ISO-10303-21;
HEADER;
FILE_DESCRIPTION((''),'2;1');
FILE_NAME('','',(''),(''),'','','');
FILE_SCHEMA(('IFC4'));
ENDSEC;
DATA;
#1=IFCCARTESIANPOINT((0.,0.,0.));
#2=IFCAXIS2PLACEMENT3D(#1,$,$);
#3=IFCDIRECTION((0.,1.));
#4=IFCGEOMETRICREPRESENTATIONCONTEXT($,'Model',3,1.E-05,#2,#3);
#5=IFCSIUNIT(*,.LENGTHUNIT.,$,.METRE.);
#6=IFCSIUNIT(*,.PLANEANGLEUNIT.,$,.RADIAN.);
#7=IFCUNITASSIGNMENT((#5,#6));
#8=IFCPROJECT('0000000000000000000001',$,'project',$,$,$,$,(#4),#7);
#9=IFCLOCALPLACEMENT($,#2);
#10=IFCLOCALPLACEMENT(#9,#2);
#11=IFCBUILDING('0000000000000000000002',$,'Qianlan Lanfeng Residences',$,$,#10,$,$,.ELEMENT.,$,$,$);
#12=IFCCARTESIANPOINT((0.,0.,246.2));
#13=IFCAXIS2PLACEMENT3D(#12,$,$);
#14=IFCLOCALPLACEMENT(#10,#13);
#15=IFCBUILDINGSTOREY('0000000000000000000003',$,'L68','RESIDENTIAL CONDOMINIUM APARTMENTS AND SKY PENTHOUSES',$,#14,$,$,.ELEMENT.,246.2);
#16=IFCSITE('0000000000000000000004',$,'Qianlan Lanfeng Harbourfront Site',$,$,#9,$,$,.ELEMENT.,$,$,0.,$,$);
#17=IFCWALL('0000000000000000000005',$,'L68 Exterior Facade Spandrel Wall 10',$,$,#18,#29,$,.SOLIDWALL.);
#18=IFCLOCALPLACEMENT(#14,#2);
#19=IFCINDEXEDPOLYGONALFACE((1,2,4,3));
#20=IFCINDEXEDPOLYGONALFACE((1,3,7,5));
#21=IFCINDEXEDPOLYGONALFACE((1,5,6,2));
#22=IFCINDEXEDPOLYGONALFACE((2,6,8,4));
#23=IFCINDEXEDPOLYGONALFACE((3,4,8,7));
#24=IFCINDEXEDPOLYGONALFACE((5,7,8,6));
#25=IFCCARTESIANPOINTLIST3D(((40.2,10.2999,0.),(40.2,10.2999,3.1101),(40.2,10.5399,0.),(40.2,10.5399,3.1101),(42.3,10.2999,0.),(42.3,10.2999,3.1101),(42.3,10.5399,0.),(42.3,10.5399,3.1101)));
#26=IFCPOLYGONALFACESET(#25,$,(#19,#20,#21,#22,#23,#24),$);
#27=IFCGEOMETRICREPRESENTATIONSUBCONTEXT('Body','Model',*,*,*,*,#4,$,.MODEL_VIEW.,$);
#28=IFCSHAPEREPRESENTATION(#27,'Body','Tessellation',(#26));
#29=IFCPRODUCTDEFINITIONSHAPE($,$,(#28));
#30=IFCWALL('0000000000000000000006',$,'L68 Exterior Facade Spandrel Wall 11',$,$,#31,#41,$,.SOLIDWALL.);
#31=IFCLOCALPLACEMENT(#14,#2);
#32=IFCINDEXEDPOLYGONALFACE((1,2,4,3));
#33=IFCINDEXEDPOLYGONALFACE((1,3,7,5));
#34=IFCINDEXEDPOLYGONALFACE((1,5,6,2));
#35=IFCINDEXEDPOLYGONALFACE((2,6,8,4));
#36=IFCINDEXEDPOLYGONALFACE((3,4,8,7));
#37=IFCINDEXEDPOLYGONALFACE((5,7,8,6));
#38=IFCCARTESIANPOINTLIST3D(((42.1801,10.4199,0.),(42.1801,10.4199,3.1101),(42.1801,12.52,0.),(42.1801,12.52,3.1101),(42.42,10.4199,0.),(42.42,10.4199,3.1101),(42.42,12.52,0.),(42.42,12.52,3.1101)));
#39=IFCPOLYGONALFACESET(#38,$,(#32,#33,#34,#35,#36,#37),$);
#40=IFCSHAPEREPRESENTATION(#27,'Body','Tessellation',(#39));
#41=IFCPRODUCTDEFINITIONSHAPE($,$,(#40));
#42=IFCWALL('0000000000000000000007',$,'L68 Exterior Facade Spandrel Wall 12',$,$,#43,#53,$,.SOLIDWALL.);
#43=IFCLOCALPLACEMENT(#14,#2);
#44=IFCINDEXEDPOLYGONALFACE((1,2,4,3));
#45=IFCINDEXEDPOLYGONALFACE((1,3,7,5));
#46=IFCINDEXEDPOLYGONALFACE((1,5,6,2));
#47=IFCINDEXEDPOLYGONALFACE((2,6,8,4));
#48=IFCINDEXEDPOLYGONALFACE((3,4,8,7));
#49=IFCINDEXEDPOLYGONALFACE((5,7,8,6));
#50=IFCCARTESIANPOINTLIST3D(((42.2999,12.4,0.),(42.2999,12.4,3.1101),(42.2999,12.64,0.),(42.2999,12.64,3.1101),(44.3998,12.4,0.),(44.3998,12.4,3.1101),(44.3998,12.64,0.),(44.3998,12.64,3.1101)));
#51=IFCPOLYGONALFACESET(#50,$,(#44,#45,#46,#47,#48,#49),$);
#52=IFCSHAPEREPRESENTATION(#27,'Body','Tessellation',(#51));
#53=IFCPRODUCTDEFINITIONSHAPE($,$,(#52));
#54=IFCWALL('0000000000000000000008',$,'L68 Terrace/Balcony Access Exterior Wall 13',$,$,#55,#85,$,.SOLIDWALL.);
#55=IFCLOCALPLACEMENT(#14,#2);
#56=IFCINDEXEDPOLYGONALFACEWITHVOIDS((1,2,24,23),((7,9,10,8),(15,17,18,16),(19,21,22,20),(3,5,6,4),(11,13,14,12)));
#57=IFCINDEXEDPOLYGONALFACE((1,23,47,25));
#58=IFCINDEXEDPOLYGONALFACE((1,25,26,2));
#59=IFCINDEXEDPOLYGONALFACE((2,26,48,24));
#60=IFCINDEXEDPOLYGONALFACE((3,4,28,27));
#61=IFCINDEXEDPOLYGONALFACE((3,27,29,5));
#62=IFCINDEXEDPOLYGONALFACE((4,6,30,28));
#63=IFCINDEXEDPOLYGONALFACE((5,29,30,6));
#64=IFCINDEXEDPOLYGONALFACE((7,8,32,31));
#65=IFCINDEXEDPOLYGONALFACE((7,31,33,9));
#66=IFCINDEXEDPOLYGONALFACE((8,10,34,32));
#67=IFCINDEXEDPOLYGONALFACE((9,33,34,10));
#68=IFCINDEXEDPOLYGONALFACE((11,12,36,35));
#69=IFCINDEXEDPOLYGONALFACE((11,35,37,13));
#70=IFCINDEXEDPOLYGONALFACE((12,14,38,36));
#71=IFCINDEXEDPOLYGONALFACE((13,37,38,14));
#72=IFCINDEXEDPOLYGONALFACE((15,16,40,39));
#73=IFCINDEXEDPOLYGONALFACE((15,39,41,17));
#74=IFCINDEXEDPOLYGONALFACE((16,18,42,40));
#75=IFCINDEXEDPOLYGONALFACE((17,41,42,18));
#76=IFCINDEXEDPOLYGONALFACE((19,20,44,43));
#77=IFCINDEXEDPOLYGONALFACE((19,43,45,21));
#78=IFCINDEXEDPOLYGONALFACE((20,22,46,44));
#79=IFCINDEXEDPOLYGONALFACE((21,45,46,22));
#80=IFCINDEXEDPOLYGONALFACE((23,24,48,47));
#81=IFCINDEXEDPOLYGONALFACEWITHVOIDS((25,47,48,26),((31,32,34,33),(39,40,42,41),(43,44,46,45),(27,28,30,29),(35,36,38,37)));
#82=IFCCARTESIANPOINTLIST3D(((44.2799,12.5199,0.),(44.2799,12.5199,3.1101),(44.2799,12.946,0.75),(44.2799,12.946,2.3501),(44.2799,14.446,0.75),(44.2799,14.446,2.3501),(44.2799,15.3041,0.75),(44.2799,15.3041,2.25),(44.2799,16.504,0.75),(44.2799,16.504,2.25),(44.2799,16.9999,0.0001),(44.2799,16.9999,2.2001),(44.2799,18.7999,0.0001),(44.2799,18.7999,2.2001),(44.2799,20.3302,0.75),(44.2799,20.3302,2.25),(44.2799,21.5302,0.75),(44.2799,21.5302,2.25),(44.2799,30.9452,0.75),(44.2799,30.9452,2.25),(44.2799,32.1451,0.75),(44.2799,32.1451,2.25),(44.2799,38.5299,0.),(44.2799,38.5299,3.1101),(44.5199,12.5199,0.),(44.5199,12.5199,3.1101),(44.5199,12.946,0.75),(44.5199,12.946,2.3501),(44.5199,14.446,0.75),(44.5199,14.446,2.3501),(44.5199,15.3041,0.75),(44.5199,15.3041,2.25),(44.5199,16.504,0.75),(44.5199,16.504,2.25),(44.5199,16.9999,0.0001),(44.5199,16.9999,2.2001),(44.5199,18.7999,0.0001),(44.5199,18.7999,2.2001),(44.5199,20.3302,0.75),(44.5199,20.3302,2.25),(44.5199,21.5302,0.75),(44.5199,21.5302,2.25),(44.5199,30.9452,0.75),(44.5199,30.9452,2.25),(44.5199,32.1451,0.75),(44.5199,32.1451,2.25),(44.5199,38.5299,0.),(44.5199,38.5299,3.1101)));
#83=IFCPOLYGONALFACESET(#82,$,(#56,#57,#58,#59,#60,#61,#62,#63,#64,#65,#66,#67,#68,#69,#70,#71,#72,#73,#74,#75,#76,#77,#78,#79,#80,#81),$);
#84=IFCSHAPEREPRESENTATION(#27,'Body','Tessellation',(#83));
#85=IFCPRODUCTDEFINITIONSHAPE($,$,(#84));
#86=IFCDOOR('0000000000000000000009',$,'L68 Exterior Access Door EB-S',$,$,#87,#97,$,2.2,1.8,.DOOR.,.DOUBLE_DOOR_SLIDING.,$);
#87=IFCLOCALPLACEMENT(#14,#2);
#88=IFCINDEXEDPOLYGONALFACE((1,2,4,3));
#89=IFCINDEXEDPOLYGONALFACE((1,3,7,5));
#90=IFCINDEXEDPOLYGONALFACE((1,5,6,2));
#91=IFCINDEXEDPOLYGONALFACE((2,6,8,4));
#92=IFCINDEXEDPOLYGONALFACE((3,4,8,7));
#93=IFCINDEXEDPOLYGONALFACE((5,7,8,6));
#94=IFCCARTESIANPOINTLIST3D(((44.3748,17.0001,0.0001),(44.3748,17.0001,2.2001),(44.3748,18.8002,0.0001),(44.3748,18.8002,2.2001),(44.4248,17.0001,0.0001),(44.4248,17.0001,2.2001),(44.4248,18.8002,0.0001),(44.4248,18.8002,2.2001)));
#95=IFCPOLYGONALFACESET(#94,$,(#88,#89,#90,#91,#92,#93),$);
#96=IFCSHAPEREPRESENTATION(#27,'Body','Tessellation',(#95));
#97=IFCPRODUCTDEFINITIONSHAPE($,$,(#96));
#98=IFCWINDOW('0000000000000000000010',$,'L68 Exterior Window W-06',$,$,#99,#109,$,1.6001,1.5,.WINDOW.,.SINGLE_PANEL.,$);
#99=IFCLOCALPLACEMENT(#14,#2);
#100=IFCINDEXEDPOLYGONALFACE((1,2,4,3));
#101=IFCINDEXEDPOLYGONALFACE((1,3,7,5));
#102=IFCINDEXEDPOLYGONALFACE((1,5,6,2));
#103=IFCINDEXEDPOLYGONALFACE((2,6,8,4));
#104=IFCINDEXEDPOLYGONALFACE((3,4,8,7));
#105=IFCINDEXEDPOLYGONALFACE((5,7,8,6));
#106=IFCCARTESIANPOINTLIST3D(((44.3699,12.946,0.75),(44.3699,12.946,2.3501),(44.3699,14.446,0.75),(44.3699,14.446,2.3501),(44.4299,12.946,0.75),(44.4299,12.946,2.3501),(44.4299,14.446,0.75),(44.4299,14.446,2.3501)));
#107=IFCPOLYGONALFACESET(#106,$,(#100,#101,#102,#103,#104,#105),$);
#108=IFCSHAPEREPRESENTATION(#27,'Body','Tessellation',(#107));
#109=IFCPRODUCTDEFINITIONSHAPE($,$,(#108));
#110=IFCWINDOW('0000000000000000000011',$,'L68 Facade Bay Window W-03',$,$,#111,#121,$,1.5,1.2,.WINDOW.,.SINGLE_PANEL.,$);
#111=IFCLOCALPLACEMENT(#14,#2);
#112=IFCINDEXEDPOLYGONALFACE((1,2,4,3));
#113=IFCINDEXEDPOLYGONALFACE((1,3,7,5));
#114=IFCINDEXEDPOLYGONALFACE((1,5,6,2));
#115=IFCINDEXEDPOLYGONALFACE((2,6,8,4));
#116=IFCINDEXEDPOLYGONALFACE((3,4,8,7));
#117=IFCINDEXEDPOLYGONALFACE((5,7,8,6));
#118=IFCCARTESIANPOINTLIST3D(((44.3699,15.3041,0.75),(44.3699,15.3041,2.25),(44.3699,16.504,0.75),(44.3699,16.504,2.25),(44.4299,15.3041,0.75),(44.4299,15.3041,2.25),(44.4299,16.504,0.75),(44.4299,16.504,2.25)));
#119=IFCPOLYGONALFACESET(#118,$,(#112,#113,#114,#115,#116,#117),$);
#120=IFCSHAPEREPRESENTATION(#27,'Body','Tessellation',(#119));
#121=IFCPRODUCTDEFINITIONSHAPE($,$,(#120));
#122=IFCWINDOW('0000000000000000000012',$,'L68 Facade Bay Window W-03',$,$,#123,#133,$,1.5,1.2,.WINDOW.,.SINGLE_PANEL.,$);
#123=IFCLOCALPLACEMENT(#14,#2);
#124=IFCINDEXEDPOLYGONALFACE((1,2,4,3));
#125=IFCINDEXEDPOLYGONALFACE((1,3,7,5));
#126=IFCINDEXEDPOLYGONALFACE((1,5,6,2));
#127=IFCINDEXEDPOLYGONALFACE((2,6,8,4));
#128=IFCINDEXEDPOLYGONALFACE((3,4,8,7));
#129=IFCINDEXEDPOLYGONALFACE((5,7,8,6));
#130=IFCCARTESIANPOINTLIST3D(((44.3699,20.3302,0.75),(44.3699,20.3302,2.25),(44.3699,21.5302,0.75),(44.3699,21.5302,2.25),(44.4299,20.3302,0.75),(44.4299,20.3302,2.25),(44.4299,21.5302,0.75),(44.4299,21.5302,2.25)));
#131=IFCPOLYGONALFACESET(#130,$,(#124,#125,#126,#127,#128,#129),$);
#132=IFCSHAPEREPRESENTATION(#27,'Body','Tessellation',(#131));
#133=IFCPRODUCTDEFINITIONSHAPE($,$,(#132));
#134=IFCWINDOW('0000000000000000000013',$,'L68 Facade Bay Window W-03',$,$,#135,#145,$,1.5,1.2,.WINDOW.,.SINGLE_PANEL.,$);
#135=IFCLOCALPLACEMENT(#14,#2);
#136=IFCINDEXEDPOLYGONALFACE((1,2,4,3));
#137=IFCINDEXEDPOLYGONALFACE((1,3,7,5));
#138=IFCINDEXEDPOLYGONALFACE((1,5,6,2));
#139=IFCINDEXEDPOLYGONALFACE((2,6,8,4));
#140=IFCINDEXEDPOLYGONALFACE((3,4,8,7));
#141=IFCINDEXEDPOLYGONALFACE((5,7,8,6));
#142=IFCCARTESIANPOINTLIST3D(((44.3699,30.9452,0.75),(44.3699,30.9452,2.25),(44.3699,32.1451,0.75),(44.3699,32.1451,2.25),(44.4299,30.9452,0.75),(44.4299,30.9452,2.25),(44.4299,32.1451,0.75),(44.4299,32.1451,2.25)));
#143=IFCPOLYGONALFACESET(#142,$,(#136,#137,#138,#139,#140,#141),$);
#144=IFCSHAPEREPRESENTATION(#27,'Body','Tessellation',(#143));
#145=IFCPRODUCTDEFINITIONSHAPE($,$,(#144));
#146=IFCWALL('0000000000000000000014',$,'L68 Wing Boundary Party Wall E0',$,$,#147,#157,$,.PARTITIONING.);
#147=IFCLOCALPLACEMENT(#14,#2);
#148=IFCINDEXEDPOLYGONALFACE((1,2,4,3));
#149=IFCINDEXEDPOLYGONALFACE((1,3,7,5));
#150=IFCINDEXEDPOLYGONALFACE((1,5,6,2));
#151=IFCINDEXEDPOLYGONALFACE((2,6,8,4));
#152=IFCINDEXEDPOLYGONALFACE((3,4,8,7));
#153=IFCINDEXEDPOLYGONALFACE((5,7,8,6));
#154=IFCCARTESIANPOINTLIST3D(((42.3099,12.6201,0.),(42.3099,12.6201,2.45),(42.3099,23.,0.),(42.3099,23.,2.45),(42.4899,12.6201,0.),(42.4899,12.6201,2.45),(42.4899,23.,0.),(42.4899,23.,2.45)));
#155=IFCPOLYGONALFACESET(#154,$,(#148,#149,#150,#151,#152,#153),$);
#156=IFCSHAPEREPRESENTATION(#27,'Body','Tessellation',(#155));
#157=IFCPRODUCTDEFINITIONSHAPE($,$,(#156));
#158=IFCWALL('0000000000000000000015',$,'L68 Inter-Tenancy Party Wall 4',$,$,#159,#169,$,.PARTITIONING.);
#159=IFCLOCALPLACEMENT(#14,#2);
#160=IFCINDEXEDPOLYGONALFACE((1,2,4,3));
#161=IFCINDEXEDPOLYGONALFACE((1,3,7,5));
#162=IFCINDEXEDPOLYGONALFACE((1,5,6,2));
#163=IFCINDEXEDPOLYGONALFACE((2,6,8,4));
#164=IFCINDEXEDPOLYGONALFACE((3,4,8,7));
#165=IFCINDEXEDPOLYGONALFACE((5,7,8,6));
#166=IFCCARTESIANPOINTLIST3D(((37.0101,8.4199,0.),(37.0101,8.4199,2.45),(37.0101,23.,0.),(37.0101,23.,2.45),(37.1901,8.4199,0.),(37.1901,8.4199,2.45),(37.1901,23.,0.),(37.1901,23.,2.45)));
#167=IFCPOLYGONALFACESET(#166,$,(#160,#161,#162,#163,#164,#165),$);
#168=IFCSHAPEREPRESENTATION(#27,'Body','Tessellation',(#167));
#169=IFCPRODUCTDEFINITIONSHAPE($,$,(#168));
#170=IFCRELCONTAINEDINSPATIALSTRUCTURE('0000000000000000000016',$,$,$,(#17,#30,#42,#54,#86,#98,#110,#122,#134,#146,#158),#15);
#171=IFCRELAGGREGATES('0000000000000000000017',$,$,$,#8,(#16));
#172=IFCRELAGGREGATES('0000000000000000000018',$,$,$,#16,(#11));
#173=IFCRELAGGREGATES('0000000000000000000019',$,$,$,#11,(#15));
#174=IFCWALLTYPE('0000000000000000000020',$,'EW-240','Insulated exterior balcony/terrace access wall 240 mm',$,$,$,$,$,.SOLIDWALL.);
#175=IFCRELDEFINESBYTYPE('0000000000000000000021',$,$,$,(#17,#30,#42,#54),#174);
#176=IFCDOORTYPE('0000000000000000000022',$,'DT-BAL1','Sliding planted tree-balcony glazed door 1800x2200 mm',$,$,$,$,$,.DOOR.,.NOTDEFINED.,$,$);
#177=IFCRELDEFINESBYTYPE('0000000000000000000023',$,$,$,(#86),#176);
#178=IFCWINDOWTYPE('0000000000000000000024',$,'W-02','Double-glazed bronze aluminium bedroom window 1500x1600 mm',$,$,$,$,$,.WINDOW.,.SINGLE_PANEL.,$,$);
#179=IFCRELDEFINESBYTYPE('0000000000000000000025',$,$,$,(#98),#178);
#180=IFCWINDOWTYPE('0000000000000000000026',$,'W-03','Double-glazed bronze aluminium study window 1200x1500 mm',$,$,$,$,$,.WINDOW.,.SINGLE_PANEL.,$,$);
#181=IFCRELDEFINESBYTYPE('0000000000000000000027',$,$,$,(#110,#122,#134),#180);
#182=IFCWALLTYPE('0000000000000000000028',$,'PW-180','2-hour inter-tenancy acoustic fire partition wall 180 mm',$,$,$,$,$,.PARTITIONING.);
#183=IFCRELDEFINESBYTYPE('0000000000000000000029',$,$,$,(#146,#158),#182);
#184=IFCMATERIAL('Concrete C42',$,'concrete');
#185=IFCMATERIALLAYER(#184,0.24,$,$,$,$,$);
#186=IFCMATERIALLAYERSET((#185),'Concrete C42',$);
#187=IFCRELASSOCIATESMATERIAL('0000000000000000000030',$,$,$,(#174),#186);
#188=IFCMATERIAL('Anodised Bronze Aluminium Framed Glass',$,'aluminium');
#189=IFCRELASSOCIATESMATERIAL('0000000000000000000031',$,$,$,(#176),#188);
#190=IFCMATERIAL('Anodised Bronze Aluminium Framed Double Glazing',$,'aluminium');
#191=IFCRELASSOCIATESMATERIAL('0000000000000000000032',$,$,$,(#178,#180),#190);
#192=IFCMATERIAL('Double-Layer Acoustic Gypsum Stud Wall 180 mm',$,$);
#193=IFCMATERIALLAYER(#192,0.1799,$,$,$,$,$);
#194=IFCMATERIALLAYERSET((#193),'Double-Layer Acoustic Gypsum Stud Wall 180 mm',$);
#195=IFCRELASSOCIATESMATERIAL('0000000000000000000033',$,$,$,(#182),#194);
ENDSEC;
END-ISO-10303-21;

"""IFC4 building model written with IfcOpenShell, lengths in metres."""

from ifc_helpers import new_model, si_unit, direction, frame, frame_2d, origin, place, context, subcontext, project, spatial, rectangle, extrude, material, layer, layer_set, type_object, element, fill, save


model = new_model("IFC4")

# Units and contexts
model_context = context("Model", 3, precision=1e-05, world=origin(), true_north=direction((0.0, 1.0)))
body_context = subcontext(model_context, "Body", "Model", "MODEL_VIEW")
ifc_project = project(units=[si_unit("LENGTHUNIT", "METRE"), si_unit("PLANEANGLEUNIT", "RADIAN")], contexts=[model_context])

# Site, building, storey
site_placement = place(None, origin())
site = spatial("IfcSite", under=ifc_project, at=site_placement, Name="Qianlan Lanfeng Harbourfront Site", CompositionType="ELEMENT", RefElevation=0.0)
building_placement = place(site_placement, origin())
building = spatial("IfcBuilding", under=site, at=building_placement, Name="Qianlan Lanfeng Residences", CompositionType="ELEMENT")
storey_placement = place(building_placement, frame((0.0, 0.0, 246.2)))
storey = spatial("IfcBuildingStorey", under=building, at=storey_placement, Name="L68", Description="RESIDENTIAL CONDOMINIUM APARTMENTS AND SKY PENTHOUSES", CompositionType="ELEMENT", Elevation=246.2)

# Walls
ifc_material_1 = material(Name="Concrete C42", Category="concrete")
ifc_layer_1 = layer(ifc_material_1, 0.24)
ifc_layer_set_1 = layer_set([ifc_layer_1], Name="Concrete C42")
wall_type_1 = type_object("IfcWallType", Name="EW-240", Description="Insulated exterior balcony/terrace access wall 240 mm", PredefinedType="SOLIDWALL", material=ifc_layer_set_1)
for number, where, z_axis, x_axis, name in (
    (1, (40.2, 10.4199, 0.0), (0.0, 0.0, 1.0), (1.0, 0.0, 0.0), "L68 Exterior Facade Spandrel Wall 10"),
    (2, (42.3, 10.4199, 0.0), (0.0, 0.0, 1.0), (0.0, 1.0, 0.0), "L68 Exterior Facade Spandrel Wall 11"),
):
    element("IfcWall", number, at=place(storey_placement, frame(where, z_axis=z_axis, x_axis=x_axis)), inside=storey, type_object=wall_type_1, Name=name, PredefinedType="SOLIDWALL", context=body_context, shape_type="SweptSolid", body=[
        extrude(rectangle(XDim=2.1001, YDim=0.24, at=frame_2d((1.05, 0.0))), origin(), (0.0, 0.0, 1.0), 3.1101),
    ])
wall_1_placement = place(storey_placement, frame((42.3, 12.52, 0.0), z_axis=(0.0, 0.0, 1.0), x_axis=(1.0, 0.0, 0.0)))
element("IfcWall", 3, at=wall_1_placement, inside=storey, type_object=wall_type_1, Name="L68 Exterior Facade Spandrel Wall 12", PredefinedType="SOLIDWALL", context=body_context, shape_type="SweptSolid", body=[
    extrude(rectangle(XDim=2.0999, YDim=0.24, at=frame_2d((1.0498, 0.0))), origin(), (0.0, 0.0, 1.0), 3.1101),
])

# Wall, openings, door, windows
wall_2_placement = place(storey_placement, frame((44.3999, 12.52, 0.0), z_axis=(0.0, 0.0, 1.0), x_axis=(0.0, 1.0, 0.0)))
wall_2 = element("IfcWall", 4, at=wall_2_placement, inside=storey, type_object=wall_type_1, Name="L68 Terrace/Balcony Access Exterior Wall 13", PredefinedType="SOLIDWALL", context=body_context, shape_type="SweptSolid", body=[
    extrude(rectangle(XDim=26.01, YDim=0.24, at=frame_2d((13.0049, 0.0))), origin(), (0.0, 0.0, 1.0), 3.1101),
])
opening_1_placement = place(wall_2_placement, frame((4.48, 0.0, 0.0)))
opening_1 = element("IfcOpeningElement", 5, at=opening_1_placement, cuts=wall_2, PredefinedType="OPENING", context=body_context, shape_type="SweptSolid", body=[
    extrude(rectangle(XDim=1.8, YDim=2.2, at=frame_2d((0.8999, 1.1001))), frame((0.0, 0.1299, 0.0), z_axis=(0.0, -1.0, 0.0), x_axis=(1.0, 0.0, 0.0)), (0.0, 0.0, 1.0), 0.26),
])
opening_2_placement = place(wall_2_placement, frame((0.426, 0.0, 0.75)))
opening_2 = element("IfcOpeningElement", 6, at=opening_2_placement, cuts=wall_2, PredefinedType="OPENING", context=body_context, shape_type="SweptSolid", body=[
    extrude(rectangle(XDim=1.5, YDim=1.6001, at=frame_2d((0.75, 0.8))), frame((0.0, 0.1299, 0.0), z_axis=(0.0, -1.0, 0.0), x_axis=(1.0, 0.0, 0.0)), (0.0, 0.0, 1.0), 0.26),
])
opening_3_placement = place(wall_2_placement, frame((2.7839, 0.0, 0.75)))
opening_3 = element("IfcOpeningElement", 7, at=opening_3_placement, cuts=wall_2, PredefinedType="OPENING", context=body_context, shape_type="SweptSolid", body=[
    extrude(rectangle(XDim=1.2, YDim=1.5, at=frame_2d((0.6001, 0.75))), frame((0.0, 0.1299, 0.0), z_axis=(0.0, -1.0, 0.0), x_axis=(1.0, 0.0, 0.0)), (0.0, 0.0, 1.0), 0.26),
])
opening_4_placement = place(wall_2_placement, frame((7.8101, 0.0, 0.75)))
opening_4 = element("IfcOpeningElement", 8, at=opening_4_placement, cuts=wall_2, PredefinedType="OPENING", context=body_context, shape_type="SweptSolid", body=[
    extrude(rectangle(XDim=1.2, YDim=1.5, at=frame_2d((0.6001, 0.75))), frame((0.0, 0.1299, 0.0), z_axis=(0.0, -1.0, 0.0), x_axis=(1.0, 0.0, 0.0)), (0.0, 0.0, 1.0), 0.26),
])
opening_5_placement = place(wall_2_placement, frame((18.425, 0.0, 0.75)))
opening_5 = element("IfcOpeningElement", 9, at=opening_5_placement, cuts=wall_2, PredefinedType="OPENING", context=body_context, shape_type="SweptSolid", body=[
    extrude(rectangle(XDim=1.2, YDim=1.5, at=frame_2d((0.6001, 0.75))), frame((0.0, 0.1299, 0.0), z_axis=(0.0, -1.0, 0.0), x_axis=(1.0, 0.0, 0.0)), (0.0, 0.0, 1.0), 0.26),
])
ifc_material_2 = material(Name="Anodised Bronze Aluminium Framed Glass", Category="aluminium")
door_type = type_object("IfcDoorType", Name="DT-BAL1", Description="Sliding planted tree-balcony glazed door 1800x2200 mm", OperationType="NOTDEFINED", PredefinedType="DOOR", material=ifc_material_2)
door_placement = place(opening_1_placement, frame((1.8, 0.0, 0.0), z_axis=(0.0, 0.0, 1.0), x_axis=(-1.0, 0.0, 0.0)))
door = element("IfcDoor", 10, at=door_placement, inside=storey, type_object=door_type, Name="L68 Exterior Access Door EB-S", OperationType="DOUBLE_DOOR_SLIDING", OverallHeight=2.2, OverallWidth=1.8, PredefinedType="DOOR", context=body_context, shape_type="SweptSolid", body=[
    extrude(rectangle(XDim=1.8, YDim=2.2, at=frame_2d((0.8999, 1.1001))), frame((0.0, 0.0249, 0.0), z_axis=(0.0, -1.0, 0.0), x_axis=(1.0, 0.0, 0.0)), (0.0, 0.0, 1.0), 0.05),
])
fill(opening_1, door)
ifc_material_3 = material(Name="Anodised Bronze Aluminium Framed Double Glazing", Category="aluminium")
window_type_1 = type_object("IfcWindowType", Name="W-02", Description="Double-glazed bronze aluminium bedroom window 1500x1600 mm", PartitioningType="SINGLE_PANEL", PredefinedType="WINDOW", material=ifc_material_3)
window_1_placement = place(opening_2_placement, origin())
window_1 = element("IfcWindow", 11, at=window_1_placement, inside=storey, type_object=window_type_1, Name="L68 Exterior Window W-06", OverallHeight=1.6001, OverallWidth=1.5, PartitioningType="SINGLE_PANEL", PredefinedType="WINDOW", context=body_context, shape_type="SweptSolid", body=[
    extrude(rectangle(XDim=1.5, YDim=1.6001, at=frame_2d((0.75, 0.8))), frame((0.0, 0.03, 0.0), z_axis=(0.0, -1.0, 0.0), x_axis=(1.0, 0.0, 0.0)), (0.0, 0.0, 1.0), 0.0601),
])
fill(opening_2, window_1)
window_type_2 = type_object("IfcWindowType", Name="W-03", Description="Double-glazed bronze aluminium study window 1200x1500 mm", PartitioningType="SINGLE_PANEL", PredefinedType="WINDOW", material=ifc_material_3)
window_2_placement = place(opening_3_placement, origin())
window_2 = element("IfcWindow", 12, at=window_2_placement, inside=storey, type_object=window_type_2, Name="L68 Facade Bay Window W-03", OverallHeight=1.5, OverallWidth=1.2, PartitioningType="SINGLE_PANEL", PredefinedType="WINDOW", context=body_context, shape_type="SweptSolid", body=[
    extrude(rectangle(XDim=1.2, YDim=1.5, at=frame_2d((0.6001, 0.75))), frame((0.0, 0.03, 0.0), z_axis=(0.0, -1.0, 0.0), x_axis=(1.0, 0.0, 0.0)), (0.0, 0.0, 1.0), 0.0601),
])
fill(opening_3, window_2)
window_3_placement = place(opening_4_placement, origin())
window_3 = element("IfcWindow", 13, at=window_3_placement, inside=storey, type_object=window_type_2, Name="L68 Facade Bay Window W-03", OverallHeight=1.5, OverallWidth=1.2, PartitioningType="SINGLE_PANEL", PredefinedType="WINDOW", context=body_context, shape_type="SweptSolid", body=[
    extrude(rectangle(XDim=1.2, YDim=1.5, at=frame_2d((0.6001, 0.75))), frame((0.0, 0.03, 0.0), z_axis=(0.0, -1.0, 0.0), x_axis=(1.0, 0.0, 0.0)), (0.0, 0.0, 1.0), 0.0601),
])
fill(opening_4, window_3)
window_4_placement = place(opening_5_placement, origin())
window_4 = element("IfcWindow", 14, at=window_4_placement, inside=storey, type_object=window_type_2, Name="L68 Facade Bay Window W-03", OverallHeight=1.5, OverallWidth=1.2, PartitioningType="SINGLE_PANEL", PredefinedType="WINDOW", context=body_context, shape_type="SweptSolid", body=[
    extrude(rectangle(XDim=1.2, YDim=1.5, at=frame_2d((0.6001, 0.75))), frame((0.0, 0.03, 0.0), z_axis=(0.0, -1.0, 0.0), x_axis=(1.0, 0.0, 0.0)), (0.0, 0.0, 1.0), 0.0601),
])
fill(opening_5, window_4)

# Walls
ifc_material_4 = material(Name="Double-Layer Acoustic Gypsum Stud Wall 180 mm")
ifc_layer_2 = layer(ifc_material_4, 0.1799)
ifc_layer_set_2 = layer_set([ifc_layer_2], Name="Double-Layer Acoustic Gypsum Stud Wall 180 mm")
wall_type_2 = type_object("IfcWallType", Name="PW-180", Description="2-hour inter-tenancy acoustic fire partition wall 180 mm", PredefinedType="PARTITIONING", material=ifc_layer_set_2)
wall_3_placement = place(storey_placement, frame((42.3999, 12.6201, 0.0), z_axis=(0.0, 0.0, 1.0), x_axis=(0.0, 1.0, 0.0)))
element("IfcWall", 15, at=wall_3_placement, inside=storey, type_object=wall_type_2, Name="L68 Wing Boundary Party Wall E0", PredefinedType="PARTITIONING", context=body_context, shape_type="SweptSolid", body=[
    extrude(rectangle(XDim=10.3799, YDim=0.1799, at=frame_2d((5.1899, 0.0))), origin(), (0.0, 0.0, 1.0), 2.45),
])
wall_4_placement = place(storey_placement, frame((37.1001, 8.4199, 0.0), z_axis=(0.0, 0.0, 1.0), x_axis=(0.0, 1.0, 0.0)))
element("IfcWall", 16, at=wall_4_placement, inside=storey, type_object=wall_type_2, Name="L68 Inter-Tenancy Party Wall 4", PredefinedType="PARTITIONING", context=body_context, shape_type="SweptSolid", body=[
    extrude(rectangle(XDim=14.5801, YDim=0.1799, at=frame_2d((7.29, 0.0))), origin(), (0.0, 0.0, 1.0), 2.45),
])

save(model, "model.ifc")
